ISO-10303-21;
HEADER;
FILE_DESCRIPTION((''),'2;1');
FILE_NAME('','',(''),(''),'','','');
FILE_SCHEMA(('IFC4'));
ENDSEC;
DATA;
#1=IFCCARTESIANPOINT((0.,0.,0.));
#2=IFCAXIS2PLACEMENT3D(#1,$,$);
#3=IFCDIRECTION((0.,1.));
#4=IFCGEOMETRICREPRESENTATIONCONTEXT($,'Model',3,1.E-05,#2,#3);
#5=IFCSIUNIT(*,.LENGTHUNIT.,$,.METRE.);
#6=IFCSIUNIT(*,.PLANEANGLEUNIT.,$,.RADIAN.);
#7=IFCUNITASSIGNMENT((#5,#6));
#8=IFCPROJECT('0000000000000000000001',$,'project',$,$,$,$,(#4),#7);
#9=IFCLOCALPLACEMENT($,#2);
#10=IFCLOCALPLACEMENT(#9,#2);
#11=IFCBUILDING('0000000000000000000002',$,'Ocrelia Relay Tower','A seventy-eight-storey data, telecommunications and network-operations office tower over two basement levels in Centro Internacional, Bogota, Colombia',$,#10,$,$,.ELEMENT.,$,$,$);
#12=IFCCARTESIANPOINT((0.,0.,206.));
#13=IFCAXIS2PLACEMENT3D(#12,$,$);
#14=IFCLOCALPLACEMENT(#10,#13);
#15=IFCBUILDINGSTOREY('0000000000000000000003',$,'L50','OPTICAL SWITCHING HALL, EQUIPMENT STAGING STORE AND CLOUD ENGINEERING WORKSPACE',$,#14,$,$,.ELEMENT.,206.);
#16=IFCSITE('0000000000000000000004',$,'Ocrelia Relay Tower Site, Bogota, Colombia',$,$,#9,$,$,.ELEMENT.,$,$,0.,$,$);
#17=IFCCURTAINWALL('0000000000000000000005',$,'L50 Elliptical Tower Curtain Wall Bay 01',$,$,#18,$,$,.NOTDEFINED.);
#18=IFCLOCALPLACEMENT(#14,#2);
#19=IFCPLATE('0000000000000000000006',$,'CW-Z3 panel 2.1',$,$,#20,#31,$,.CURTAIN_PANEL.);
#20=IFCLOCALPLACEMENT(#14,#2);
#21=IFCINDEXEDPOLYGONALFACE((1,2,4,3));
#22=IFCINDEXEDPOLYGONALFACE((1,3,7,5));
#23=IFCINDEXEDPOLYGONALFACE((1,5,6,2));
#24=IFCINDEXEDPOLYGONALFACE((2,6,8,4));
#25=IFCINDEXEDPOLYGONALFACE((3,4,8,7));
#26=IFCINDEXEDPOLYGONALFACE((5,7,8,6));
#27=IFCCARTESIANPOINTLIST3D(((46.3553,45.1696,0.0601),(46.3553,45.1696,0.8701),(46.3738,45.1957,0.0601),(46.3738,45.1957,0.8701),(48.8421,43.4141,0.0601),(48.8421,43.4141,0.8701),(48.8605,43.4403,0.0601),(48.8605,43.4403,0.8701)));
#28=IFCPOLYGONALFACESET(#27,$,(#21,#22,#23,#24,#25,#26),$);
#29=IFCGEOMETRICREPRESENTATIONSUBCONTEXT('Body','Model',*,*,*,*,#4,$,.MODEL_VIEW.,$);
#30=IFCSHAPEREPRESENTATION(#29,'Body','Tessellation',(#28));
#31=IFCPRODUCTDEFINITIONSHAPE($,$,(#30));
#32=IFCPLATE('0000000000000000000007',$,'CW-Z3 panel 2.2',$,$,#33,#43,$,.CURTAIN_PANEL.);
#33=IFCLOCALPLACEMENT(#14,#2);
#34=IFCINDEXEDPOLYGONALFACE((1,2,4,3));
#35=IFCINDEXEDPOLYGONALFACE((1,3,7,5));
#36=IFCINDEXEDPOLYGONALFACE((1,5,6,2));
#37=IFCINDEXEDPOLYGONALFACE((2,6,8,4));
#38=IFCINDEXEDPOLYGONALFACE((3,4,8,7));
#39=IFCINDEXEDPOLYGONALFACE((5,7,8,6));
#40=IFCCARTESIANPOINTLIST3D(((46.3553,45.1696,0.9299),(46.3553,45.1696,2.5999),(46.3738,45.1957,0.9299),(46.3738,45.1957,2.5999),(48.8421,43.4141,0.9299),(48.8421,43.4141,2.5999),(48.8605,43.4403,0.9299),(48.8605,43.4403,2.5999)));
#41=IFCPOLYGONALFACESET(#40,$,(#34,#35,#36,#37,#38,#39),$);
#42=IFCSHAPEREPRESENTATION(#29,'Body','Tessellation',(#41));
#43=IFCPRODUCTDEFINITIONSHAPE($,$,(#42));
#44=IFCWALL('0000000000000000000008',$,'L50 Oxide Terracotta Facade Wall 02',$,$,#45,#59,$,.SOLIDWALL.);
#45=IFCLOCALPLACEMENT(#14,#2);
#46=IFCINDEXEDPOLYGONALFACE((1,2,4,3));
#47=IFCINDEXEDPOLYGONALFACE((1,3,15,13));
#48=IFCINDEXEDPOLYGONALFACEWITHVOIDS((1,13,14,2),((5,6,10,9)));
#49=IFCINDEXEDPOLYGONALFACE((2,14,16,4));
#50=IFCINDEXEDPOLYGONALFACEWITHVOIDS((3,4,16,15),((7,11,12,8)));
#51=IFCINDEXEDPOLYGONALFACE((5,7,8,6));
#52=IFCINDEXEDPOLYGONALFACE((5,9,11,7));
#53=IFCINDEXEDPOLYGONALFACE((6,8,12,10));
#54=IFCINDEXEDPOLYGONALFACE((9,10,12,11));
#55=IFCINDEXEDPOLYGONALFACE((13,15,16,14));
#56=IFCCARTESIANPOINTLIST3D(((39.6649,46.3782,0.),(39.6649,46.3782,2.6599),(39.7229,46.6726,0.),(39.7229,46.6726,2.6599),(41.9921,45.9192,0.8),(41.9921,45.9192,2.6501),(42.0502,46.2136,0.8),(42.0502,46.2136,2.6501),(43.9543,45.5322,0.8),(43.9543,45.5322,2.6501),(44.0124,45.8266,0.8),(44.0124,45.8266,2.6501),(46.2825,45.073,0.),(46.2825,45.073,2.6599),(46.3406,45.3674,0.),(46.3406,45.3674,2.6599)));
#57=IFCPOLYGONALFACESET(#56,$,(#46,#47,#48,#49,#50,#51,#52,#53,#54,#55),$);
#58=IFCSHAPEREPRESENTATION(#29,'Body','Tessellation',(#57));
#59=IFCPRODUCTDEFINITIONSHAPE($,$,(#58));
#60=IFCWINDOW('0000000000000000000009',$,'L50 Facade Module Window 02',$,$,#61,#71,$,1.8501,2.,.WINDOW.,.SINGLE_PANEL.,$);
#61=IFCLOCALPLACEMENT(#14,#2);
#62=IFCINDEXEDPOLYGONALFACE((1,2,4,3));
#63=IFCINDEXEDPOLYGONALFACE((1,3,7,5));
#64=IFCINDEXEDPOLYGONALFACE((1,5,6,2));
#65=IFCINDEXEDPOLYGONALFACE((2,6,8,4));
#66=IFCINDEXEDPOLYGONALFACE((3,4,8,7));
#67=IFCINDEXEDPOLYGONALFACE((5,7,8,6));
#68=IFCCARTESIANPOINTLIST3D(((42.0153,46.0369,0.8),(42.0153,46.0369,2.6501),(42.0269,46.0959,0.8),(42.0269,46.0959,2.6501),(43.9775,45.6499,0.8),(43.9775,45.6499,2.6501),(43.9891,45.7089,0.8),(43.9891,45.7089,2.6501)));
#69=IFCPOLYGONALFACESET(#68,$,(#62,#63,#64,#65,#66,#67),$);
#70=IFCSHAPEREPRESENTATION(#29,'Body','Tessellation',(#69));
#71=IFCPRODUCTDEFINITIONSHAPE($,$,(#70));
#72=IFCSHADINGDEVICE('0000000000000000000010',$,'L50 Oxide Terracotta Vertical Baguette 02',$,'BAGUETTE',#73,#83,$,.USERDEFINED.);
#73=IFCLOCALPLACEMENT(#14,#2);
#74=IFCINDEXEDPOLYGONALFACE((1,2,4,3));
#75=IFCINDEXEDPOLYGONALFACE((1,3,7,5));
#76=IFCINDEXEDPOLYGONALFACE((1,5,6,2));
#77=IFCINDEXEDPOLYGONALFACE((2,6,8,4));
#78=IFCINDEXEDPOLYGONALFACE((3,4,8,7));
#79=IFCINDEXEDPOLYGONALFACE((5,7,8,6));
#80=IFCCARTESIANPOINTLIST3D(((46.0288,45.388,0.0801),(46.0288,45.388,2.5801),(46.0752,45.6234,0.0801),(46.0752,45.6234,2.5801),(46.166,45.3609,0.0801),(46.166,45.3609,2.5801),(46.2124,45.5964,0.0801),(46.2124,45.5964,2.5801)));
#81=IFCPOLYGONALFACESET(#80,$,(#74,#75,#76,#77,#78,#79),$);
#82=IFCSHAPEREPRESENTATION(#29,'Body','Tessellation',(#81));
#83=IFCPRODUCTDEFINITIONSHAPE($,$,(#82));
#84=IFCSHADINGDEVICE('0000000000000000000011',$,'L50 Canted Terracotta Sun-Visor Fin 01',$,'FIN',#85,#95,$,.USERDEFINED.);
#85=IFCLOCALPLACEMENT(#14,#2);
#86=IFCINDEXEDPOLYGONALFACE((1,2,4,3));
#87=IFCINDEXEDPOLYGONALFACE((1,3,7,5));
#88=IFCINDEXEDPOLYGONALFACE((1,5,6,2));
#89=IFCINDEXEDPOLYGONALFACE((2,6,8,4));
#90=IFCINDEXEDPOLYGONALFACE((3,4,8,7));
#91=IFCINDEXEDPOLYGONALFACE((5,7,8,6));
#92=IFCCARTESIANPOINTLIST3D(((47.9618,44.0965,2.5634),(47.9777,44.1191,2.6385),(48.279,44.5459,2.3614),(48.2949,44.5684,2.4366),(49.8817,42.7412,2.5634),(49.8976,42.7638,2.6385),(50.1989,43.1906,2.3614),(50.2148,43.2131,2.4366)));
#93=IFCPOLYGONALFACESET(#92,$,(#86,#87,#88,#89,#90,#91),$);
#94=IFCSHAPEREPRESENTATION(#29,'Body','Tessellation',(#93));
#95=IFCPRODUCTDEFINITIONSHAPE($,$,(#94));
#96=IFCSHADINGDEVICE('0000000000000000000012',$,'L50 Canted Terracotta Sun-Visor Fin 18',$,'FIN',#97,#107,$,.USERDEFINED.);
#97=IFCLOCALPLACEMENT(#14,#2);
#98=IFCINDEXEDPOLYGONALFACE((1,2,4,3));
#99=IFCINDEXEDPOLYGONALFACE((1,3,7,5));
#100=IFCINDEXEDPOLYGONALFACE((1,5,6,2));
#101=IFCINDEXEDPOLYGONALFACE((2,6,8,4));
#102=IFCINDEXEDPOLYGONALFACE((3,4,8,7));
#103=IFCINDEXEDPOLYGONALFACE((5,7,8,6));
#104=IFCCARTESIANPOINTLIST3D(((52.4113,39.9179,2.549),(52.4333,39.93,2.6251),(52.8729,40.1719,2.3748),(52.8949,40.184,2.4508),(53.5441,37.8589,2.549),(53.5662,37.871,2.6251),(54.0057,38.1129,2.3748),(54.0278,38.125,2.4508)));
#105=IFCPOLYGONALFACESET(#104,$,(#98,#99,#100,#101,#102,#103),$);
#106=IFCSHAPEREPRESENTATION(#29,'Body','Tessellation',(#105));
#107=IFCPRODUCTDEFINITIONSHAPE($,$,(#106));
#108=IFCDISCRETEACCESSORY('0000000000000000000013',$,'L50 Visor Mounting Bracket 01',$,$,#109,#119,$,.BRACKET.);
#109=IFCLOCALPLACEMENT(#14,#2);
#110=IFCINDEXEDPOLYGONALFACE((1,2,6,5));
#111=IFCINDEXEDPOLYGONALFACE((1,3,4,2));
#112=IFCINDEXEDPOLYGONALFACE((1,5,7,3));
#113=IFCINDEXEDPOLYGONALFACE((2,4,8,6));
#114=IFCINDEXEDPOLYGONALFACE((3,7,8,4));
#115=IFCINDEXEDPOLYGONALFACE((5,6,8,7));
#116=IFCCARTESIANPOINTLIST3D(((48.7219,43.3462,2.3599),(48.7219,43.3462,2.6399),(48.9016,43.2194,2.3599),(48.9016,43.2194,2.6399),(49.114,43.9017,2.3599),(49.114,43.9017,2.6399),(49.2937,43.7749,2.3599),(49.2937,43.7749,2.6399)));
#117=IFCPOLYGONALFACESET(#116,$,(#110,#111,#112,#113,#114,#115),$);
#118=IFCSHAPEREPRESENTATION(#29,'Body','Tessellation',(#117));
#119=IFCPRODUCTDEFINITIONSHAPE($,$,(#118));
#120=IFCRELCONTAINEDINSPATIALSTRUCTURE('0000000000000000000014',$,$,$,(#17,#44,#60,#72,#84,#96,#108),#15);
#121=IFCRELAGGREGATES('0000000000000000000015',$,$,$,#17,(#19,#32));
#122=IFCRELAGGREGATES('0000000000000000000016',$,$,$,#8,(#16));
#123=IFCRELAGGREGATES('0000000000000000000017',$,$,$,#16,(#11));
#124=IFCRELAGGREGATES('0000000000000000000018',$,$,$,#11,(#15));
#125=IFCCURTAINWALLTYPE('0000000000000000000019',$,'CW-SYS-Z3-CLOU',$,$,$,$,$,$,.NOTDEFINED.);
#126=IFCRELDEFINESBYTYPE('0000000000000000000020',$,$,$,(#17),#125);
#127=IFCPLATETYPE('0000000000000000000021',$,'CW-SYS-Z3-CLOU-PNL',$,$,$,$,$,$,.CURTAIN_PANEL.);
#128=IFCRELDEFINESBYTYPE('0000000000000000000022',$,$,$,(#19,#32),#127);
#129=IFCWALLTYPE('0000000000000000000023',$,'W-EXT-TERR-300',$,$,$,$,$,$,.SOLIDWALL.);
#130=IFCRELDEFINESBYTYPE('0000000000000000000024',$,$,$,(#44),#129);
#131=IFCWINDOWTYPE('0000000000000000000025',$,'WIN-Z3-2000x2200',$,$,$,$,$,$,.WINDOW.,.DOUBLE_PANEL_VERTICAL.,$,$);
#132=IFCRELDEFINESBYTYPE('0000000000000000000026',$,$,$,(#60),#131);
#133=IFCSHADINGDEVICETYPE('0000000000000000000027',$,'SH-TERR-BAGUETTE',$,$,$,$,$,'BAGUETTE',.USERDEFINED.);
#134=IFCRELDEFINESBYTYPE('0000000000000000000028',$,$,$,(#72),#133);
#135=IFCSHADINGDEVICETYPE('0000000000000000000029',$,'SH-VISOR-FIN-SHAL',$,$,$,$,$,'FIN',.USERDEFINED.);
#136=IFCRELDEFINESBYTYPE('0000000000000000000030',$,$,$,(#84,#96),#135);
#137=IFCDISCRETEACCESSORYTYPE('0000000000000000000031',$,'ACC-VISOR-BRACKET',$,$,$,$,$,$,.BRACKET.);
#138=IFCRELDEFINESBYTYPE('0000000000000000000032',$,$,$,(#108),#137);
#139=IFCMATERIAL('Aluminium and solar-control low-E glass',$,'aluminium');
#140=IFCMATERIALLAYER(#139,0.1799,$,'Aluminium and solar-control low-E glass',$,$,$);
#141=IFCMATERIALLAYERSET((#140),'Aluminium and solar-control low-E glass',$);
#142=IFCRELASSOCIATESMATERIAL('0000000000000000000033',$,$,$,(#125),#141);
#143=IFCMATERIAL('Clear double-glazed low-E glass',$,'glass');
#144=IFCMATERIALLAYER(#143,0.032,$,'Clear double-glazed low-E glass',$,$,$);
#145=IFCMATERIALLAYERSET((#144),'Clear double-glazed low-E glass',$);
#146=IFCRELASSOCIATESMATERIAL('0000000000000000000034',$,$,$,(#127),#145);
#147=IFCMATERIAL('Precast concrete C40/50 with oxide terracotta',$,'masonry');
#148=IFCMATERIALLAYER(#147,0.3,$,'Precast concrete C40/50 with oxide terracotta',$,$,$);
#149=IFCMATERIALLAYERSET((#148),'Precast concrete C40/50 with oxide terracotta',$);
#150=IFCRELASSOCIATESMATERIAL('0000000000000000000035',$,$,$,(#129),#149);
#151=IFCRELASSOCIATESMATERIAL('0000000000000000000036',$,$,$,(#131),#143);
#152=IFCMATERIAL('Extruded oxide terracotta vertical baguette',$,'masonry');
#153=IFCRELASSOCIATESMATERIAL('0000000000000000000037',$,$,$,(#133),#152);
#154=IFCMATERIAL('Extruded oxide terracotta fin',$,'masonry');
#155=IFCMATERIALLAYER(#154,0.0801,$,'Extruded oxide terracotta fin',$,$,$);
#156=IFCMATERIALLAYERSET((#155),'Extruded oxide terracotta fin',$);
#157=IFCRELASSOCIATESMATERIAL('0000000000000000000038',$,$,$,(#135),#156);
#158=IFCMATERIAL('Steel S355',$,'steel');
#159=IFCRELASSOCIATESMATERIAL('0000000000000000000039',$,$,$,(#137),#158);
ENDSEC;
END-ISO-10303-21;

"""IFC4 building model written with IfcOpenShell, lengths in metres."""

from ifc_helpers import new_model, si_unit, direction, frame, frame_2d, origin, origin_2d, place, context, subcontext, project, spatial, rectangle, extrude, material, layer, layer_set, type_object, element, fill, aggregate, save


model = new_model("IFC4")

# Units and contexts
model_context = context("Model", 3, precision=1e-05, world=origin(), true_north=direction((0.0, 1.0)))
body_context = subcontext(model_context, "Body", "Model", "MODEL_VIEW")
ifc_project = project(units=[si_unit("LENGTHUNIT", "METRE"), si_unit("PLANEANGLEUNIT", "RADIAN")], contexts=[model_context])

# Site, building, storey
site_placement = place(None, origin())
site = spatial("IfcSite", under=ifc_project, at=site_placement, Name="Ocrelia Relay Tower Site, Bogota, Colombia", CompositionType="ELEMENT", RefElevation=0.0)
building_placement = place(site_placement, origin())
building = spatial("IfcBuilding", under=site, at=building_placement, Name="Ocrelia Relay Tower", Description="A seventy-eight-storey data, telecommunications and network-operations office tower over two basement levels in Centro Internacional, Bogota, Colombia", CompositionType="ELEMENT")
storey_placement = place(building_placement, frame((0.0, 0.0, 206.0)))
storey = spatial("IfcBuildingStorey", under=building, at=storey_placement, Name="L50", Description="OPTICAL SWITCHING HALL, EQUIPMENT STAGING STORE AND CLOUD ENGINEERING WORKSPACE", CompositionType="ELEMENT", Elevation=206.0)

# Curtain wall, plates
ifc_material_1 = material(Name="Aluminium and solar-control low-E glass", Category="aluminium")
ifc_layer_1 = layer(ifc_material_1, 0.1799, Name="Aluminium and solar-control low-E glass")
ifc_layer_set_1 = layer_set([ifc_layer_1], Name="Aluminium and solar-control low-E glass")
curtain_wall_type = type_object("IfcCurtainWallType", Name="CW-SYS-Z3-CLOU", PredefinedType="NOTDEFINED", material=ifc_layer_set_1)
curtain_wall_placement = place(storey_placement, origin())
curtain_wall = element("IfcCurtainWall", 1, at=curtain_wall_placement, inside=storey, type_object=curtain_wall_type, Name="L50 Elliptical Tower Curtain Wall Bay 01", PredefinedType="NOTDEFINED")
ifc_material_2 = material(Name="Clear double-glazed low-E glass", Category="glass")
ifc_layer_2 = layer(ifc_material_2, 0.032, Name="Clear double-glazed low-E glass")
ifc_layer_set_2 = layer_set([ifc_layer_2], Name="Clear double-glazed low-E glass")
plate_type = type_object("IfcPlateType", Name="CW-SYS-Z3-CLOU-PNL", PredefinedType="CURTAIN_PANEL", material=ifc_layer_set_2)
plate_1_placement = place(storey_placement, frame((47.6079, 44.3049, 0.0601), z_axis=(0.0, 0.0, 1.0), x_axis=(-0.816946, 0.576714, 0.0)))
plate_1 = element("IfcPlate", 2, at=plate_1_placement, type_object=plate_type, Name="CW-Z3 panel 2.1", PredefinedType="CURTAIN_PANEL", context=body_context, shape_type="SweptSolid", body=[
    extrude(rectangle(XDim=3.0439, YDim=0.032, at=origin_2d()), origin(), (0.0, 0.0, 1.0), 0.8101),
])
plate_2_placement = place(storey_placement, frame((47.6079, 44.3049, 0.9299), z_axis=(0.0, 0.0, 1.0), x_axis=(-0.816946, 0.576714, 0.0)))
plate_2 = element("IfcPlate", 3, at=plate_2_placement, type_object=plate_type, Name="CW-Z3 panel 2.2", PredefinedType="CURTAIN_PANEL", context=body_context, shape_type="SweptSolid", body=[
    extrude(rectangle(XDim=3.0439, YDim=0.032, at=origin_2d()), origin(), (0.0, 0.0, 1.0), 1.6699),
])
aggregate(curtain_wall, [plate_1, plate_2])

# Wall, opening, window
ifc_material_3 = material(Name="Precast concrete C40/50 with oxide terracotta", Category="masonry")
ifc_layer_3 = layer(ifc_material_3, 0.3, Name="Precast concrete C40/50 with oxide terracotta")
ifc_layer_set_3 = layer_set([ifc_layer_3], Name="Precast concrete C40/50 with oxide terracotta")
wall_type = type_object("IfcWallType", Name="W-EXT-TERR-300", PredefinedType="SOLIDWALL", material=ifc_layer_set_3)
wall_placement = place(storey_placement, frame((46.3115, 45.2202, 0.0), z_axis=(0.0, 0.0, 1.0), x_axis=(-0.981101, 0.193498, 0.0)))
wall = element("IfcWall", 4, at=wall_placement, inside=storey, type_object=wall_type, Name="L50 Oxide Terracotta Facade Wall 02", PredefinedType="SOLIDWALL", context=body_context, shape_type="SweptSolid", body=[
    extrude(rectangle(XDim=6.7451, YDim=0.3, at=frame_2d((3.3726, 0.0))), origin(), (0.0, 0.0, 1.0), 2.6599),
])
opening_placement = place(wall_placement, frame((2.373, 0.0, 0.8)))
opening = element("IfcOpeningElement", 5, at=opening_placement, cuts=wall, PredefinedType="OPENING", context=body_context, shape_type="SweptSolid", body=[
    extrude(rectangle(XDim=2.0, YDim=1.8501, at=frame_2d((1.0, 0.925))), frame((0.0, 0.1602, 0.0), z_axis=(0.0, -1.0, 0.0), x_axis=(1.0, 0.0, 0.0)), (0.0, 0.0, 1.0), 0.3201),
])
window_type = type_object("IfcWindowType", Name="WIN-Z3-2000x2200", PartitioningType="DOUBLE_PANEL_VERTICAL", PredefinedType="WINDOW", material=ifc_material_2)
window_placement = place(opening_placement, origin())
window = element("IfcWindow", 6, at=window_placement, inside=storey, type_object=window_type, Name="L50 Facade Module Window 02", OverallHeight=1.8501, OverallWidth=2.0, PartitioningType="SINGLE_PANEL", PredefinedType="WINDOW", context=body_context, shape_type="SweptSolid", body=[
    extrude(rectangle(XDim=2.0, YDim=1.8501, at=frame_2d((1.0, 0.925))), frame((0.0, 0.03, 0.0), z_axis=(0.0, -1.0, 0.0), x_axis=(1.0, 0.0, 0.0)), (0.0, 0.0, 1.0), 0.0601),
])
fill(opening, window)

# Shading devices
ifc_material_4 = material(Name="Extruded oxide terracotta vertical baguette", Category="masonry")
shading_device_type_1 = type_object("IfcShadingDeviceType", Name="SH-TERR-BAGUETTE", ElementType="BAGUETTE", PredefinedType="USERDEFINED", material=ifc_material_4)
shading_device_1_placement = place(storey_placement, frame((46.1206, 45.4922, 0.0801), z_axis=(0.0, 0.0, 1.0), x_axis=(-0.981102, 0.19349, 0.0)))
element("IfcShadingDevice", 7, at=shading_device_1_placement, inside=storey, type_object=shading_device_type_1, Name="L50 Oxide Terracotta Vertical Baguette 02", ObjectType="BAGUETTE", PredefinedType="USERDEFINED", context=body_context, shape_type="SweptSolid", body=[
    extrude(rectangle(XDim=0.1399, YDim=0.24, at=origin_2d()), origin(), (0.0, 0.0, 1.0), 2.5),
])
ifc_material_5 = material(Name="Extruded oxide terracotta fin", Category="masonry")
ifc_layer_4 = layer(ifc_material_5, 0.0801, Name="Extruded oxide terracotta fin")
ifc_layer_set_4 = layer_set([ifc_layer_4], Name="Extruded oxide terracotta fin")
shading_device_type_2 = type_object("IfcShadingDeviceType", Name="SH-VISOR-FIN-SHAL", ElementType="FIN", PredefinedType="USERDEFINED", material=ifc_layer_set_4)
shading_device_2_placement = place(storey_placement, frame((49.0803, 43.6436, 2.4624), z_axis=(0.19876, 0.281555, 0.938734), x_axis=(-0.816946, 0.576714, 0.0)))
element("IfcShadingDevice", 8, at=shading_device_2_placement, inside=storey, type_object=shading_device_type_2, Name="L50 Canted Terracotta Sun-Visor Fin 01", ObjectType="FIN", PredefinedType="USERDEFINED", context=body_context, shape_type="SweptSolid", body=[
    extrude(rectangle(XDim=2.3501, YDim=0.5859, at=origin_2d()), origin(), (0.0, 0.0, 1.0), 0.0801),
])
shading_device_3_placement = place(storey_placement, frame((53.2085, 39.0154, 2.4619), z_axis=(0.275103, 0.15136, 0.949425), x_axis=(-0.482049, 0.876144, 0.0)))
element("IfcShadingDevice", 9, at=shading_device_3_placement, inside=storey, type_object=shading_device_type_2, Name="L50 Canted Terracotta Sun-Visor Fin 18", ObjectType="FIN", PredefinedType="USERDEFINED", context=body_context, shape_type="SweptSolid", body=[
    extrude(rectangle(XDim=2.3501, YDim=0.5549, at=origin_2d()), origin(), (0.0, 0.0, 1.0), 0.0801),
])

# Discrete accessory
ifc_material_6 = material(Name="Steel S355", Category="steel")
discrete_accessory_type = type_object("IfcDiscreteAccessoryType", Name="ACC-VISOR-BRACKET", PredefinedType="BRACKET", material=ifc_material_6)
discrete_accessory_placement = place(storey_placement, frame((49.0078, 43.5605, 2.3599), z_axis=(0.0, 0.0, 1.0), x_axis=(-0.816946, 0.576714, 0.0)))
element("IfcDiscreteAccessory", 10, at=discrete_accessory_placement, inside=storey, type_object=discrete_accessory_type, Name="L50 Visor Mounting Bracket 01", PredefinedType="BRACKET", context=body_context, shape_type="SweptSolid", body=[
    extrude(rectangle(XDim=0.22, YDim=0.6799, at=origin_2d()), origin(), (0.0, 0.0, 1.0), 0.28),
])

save(model, "model.ifc")
